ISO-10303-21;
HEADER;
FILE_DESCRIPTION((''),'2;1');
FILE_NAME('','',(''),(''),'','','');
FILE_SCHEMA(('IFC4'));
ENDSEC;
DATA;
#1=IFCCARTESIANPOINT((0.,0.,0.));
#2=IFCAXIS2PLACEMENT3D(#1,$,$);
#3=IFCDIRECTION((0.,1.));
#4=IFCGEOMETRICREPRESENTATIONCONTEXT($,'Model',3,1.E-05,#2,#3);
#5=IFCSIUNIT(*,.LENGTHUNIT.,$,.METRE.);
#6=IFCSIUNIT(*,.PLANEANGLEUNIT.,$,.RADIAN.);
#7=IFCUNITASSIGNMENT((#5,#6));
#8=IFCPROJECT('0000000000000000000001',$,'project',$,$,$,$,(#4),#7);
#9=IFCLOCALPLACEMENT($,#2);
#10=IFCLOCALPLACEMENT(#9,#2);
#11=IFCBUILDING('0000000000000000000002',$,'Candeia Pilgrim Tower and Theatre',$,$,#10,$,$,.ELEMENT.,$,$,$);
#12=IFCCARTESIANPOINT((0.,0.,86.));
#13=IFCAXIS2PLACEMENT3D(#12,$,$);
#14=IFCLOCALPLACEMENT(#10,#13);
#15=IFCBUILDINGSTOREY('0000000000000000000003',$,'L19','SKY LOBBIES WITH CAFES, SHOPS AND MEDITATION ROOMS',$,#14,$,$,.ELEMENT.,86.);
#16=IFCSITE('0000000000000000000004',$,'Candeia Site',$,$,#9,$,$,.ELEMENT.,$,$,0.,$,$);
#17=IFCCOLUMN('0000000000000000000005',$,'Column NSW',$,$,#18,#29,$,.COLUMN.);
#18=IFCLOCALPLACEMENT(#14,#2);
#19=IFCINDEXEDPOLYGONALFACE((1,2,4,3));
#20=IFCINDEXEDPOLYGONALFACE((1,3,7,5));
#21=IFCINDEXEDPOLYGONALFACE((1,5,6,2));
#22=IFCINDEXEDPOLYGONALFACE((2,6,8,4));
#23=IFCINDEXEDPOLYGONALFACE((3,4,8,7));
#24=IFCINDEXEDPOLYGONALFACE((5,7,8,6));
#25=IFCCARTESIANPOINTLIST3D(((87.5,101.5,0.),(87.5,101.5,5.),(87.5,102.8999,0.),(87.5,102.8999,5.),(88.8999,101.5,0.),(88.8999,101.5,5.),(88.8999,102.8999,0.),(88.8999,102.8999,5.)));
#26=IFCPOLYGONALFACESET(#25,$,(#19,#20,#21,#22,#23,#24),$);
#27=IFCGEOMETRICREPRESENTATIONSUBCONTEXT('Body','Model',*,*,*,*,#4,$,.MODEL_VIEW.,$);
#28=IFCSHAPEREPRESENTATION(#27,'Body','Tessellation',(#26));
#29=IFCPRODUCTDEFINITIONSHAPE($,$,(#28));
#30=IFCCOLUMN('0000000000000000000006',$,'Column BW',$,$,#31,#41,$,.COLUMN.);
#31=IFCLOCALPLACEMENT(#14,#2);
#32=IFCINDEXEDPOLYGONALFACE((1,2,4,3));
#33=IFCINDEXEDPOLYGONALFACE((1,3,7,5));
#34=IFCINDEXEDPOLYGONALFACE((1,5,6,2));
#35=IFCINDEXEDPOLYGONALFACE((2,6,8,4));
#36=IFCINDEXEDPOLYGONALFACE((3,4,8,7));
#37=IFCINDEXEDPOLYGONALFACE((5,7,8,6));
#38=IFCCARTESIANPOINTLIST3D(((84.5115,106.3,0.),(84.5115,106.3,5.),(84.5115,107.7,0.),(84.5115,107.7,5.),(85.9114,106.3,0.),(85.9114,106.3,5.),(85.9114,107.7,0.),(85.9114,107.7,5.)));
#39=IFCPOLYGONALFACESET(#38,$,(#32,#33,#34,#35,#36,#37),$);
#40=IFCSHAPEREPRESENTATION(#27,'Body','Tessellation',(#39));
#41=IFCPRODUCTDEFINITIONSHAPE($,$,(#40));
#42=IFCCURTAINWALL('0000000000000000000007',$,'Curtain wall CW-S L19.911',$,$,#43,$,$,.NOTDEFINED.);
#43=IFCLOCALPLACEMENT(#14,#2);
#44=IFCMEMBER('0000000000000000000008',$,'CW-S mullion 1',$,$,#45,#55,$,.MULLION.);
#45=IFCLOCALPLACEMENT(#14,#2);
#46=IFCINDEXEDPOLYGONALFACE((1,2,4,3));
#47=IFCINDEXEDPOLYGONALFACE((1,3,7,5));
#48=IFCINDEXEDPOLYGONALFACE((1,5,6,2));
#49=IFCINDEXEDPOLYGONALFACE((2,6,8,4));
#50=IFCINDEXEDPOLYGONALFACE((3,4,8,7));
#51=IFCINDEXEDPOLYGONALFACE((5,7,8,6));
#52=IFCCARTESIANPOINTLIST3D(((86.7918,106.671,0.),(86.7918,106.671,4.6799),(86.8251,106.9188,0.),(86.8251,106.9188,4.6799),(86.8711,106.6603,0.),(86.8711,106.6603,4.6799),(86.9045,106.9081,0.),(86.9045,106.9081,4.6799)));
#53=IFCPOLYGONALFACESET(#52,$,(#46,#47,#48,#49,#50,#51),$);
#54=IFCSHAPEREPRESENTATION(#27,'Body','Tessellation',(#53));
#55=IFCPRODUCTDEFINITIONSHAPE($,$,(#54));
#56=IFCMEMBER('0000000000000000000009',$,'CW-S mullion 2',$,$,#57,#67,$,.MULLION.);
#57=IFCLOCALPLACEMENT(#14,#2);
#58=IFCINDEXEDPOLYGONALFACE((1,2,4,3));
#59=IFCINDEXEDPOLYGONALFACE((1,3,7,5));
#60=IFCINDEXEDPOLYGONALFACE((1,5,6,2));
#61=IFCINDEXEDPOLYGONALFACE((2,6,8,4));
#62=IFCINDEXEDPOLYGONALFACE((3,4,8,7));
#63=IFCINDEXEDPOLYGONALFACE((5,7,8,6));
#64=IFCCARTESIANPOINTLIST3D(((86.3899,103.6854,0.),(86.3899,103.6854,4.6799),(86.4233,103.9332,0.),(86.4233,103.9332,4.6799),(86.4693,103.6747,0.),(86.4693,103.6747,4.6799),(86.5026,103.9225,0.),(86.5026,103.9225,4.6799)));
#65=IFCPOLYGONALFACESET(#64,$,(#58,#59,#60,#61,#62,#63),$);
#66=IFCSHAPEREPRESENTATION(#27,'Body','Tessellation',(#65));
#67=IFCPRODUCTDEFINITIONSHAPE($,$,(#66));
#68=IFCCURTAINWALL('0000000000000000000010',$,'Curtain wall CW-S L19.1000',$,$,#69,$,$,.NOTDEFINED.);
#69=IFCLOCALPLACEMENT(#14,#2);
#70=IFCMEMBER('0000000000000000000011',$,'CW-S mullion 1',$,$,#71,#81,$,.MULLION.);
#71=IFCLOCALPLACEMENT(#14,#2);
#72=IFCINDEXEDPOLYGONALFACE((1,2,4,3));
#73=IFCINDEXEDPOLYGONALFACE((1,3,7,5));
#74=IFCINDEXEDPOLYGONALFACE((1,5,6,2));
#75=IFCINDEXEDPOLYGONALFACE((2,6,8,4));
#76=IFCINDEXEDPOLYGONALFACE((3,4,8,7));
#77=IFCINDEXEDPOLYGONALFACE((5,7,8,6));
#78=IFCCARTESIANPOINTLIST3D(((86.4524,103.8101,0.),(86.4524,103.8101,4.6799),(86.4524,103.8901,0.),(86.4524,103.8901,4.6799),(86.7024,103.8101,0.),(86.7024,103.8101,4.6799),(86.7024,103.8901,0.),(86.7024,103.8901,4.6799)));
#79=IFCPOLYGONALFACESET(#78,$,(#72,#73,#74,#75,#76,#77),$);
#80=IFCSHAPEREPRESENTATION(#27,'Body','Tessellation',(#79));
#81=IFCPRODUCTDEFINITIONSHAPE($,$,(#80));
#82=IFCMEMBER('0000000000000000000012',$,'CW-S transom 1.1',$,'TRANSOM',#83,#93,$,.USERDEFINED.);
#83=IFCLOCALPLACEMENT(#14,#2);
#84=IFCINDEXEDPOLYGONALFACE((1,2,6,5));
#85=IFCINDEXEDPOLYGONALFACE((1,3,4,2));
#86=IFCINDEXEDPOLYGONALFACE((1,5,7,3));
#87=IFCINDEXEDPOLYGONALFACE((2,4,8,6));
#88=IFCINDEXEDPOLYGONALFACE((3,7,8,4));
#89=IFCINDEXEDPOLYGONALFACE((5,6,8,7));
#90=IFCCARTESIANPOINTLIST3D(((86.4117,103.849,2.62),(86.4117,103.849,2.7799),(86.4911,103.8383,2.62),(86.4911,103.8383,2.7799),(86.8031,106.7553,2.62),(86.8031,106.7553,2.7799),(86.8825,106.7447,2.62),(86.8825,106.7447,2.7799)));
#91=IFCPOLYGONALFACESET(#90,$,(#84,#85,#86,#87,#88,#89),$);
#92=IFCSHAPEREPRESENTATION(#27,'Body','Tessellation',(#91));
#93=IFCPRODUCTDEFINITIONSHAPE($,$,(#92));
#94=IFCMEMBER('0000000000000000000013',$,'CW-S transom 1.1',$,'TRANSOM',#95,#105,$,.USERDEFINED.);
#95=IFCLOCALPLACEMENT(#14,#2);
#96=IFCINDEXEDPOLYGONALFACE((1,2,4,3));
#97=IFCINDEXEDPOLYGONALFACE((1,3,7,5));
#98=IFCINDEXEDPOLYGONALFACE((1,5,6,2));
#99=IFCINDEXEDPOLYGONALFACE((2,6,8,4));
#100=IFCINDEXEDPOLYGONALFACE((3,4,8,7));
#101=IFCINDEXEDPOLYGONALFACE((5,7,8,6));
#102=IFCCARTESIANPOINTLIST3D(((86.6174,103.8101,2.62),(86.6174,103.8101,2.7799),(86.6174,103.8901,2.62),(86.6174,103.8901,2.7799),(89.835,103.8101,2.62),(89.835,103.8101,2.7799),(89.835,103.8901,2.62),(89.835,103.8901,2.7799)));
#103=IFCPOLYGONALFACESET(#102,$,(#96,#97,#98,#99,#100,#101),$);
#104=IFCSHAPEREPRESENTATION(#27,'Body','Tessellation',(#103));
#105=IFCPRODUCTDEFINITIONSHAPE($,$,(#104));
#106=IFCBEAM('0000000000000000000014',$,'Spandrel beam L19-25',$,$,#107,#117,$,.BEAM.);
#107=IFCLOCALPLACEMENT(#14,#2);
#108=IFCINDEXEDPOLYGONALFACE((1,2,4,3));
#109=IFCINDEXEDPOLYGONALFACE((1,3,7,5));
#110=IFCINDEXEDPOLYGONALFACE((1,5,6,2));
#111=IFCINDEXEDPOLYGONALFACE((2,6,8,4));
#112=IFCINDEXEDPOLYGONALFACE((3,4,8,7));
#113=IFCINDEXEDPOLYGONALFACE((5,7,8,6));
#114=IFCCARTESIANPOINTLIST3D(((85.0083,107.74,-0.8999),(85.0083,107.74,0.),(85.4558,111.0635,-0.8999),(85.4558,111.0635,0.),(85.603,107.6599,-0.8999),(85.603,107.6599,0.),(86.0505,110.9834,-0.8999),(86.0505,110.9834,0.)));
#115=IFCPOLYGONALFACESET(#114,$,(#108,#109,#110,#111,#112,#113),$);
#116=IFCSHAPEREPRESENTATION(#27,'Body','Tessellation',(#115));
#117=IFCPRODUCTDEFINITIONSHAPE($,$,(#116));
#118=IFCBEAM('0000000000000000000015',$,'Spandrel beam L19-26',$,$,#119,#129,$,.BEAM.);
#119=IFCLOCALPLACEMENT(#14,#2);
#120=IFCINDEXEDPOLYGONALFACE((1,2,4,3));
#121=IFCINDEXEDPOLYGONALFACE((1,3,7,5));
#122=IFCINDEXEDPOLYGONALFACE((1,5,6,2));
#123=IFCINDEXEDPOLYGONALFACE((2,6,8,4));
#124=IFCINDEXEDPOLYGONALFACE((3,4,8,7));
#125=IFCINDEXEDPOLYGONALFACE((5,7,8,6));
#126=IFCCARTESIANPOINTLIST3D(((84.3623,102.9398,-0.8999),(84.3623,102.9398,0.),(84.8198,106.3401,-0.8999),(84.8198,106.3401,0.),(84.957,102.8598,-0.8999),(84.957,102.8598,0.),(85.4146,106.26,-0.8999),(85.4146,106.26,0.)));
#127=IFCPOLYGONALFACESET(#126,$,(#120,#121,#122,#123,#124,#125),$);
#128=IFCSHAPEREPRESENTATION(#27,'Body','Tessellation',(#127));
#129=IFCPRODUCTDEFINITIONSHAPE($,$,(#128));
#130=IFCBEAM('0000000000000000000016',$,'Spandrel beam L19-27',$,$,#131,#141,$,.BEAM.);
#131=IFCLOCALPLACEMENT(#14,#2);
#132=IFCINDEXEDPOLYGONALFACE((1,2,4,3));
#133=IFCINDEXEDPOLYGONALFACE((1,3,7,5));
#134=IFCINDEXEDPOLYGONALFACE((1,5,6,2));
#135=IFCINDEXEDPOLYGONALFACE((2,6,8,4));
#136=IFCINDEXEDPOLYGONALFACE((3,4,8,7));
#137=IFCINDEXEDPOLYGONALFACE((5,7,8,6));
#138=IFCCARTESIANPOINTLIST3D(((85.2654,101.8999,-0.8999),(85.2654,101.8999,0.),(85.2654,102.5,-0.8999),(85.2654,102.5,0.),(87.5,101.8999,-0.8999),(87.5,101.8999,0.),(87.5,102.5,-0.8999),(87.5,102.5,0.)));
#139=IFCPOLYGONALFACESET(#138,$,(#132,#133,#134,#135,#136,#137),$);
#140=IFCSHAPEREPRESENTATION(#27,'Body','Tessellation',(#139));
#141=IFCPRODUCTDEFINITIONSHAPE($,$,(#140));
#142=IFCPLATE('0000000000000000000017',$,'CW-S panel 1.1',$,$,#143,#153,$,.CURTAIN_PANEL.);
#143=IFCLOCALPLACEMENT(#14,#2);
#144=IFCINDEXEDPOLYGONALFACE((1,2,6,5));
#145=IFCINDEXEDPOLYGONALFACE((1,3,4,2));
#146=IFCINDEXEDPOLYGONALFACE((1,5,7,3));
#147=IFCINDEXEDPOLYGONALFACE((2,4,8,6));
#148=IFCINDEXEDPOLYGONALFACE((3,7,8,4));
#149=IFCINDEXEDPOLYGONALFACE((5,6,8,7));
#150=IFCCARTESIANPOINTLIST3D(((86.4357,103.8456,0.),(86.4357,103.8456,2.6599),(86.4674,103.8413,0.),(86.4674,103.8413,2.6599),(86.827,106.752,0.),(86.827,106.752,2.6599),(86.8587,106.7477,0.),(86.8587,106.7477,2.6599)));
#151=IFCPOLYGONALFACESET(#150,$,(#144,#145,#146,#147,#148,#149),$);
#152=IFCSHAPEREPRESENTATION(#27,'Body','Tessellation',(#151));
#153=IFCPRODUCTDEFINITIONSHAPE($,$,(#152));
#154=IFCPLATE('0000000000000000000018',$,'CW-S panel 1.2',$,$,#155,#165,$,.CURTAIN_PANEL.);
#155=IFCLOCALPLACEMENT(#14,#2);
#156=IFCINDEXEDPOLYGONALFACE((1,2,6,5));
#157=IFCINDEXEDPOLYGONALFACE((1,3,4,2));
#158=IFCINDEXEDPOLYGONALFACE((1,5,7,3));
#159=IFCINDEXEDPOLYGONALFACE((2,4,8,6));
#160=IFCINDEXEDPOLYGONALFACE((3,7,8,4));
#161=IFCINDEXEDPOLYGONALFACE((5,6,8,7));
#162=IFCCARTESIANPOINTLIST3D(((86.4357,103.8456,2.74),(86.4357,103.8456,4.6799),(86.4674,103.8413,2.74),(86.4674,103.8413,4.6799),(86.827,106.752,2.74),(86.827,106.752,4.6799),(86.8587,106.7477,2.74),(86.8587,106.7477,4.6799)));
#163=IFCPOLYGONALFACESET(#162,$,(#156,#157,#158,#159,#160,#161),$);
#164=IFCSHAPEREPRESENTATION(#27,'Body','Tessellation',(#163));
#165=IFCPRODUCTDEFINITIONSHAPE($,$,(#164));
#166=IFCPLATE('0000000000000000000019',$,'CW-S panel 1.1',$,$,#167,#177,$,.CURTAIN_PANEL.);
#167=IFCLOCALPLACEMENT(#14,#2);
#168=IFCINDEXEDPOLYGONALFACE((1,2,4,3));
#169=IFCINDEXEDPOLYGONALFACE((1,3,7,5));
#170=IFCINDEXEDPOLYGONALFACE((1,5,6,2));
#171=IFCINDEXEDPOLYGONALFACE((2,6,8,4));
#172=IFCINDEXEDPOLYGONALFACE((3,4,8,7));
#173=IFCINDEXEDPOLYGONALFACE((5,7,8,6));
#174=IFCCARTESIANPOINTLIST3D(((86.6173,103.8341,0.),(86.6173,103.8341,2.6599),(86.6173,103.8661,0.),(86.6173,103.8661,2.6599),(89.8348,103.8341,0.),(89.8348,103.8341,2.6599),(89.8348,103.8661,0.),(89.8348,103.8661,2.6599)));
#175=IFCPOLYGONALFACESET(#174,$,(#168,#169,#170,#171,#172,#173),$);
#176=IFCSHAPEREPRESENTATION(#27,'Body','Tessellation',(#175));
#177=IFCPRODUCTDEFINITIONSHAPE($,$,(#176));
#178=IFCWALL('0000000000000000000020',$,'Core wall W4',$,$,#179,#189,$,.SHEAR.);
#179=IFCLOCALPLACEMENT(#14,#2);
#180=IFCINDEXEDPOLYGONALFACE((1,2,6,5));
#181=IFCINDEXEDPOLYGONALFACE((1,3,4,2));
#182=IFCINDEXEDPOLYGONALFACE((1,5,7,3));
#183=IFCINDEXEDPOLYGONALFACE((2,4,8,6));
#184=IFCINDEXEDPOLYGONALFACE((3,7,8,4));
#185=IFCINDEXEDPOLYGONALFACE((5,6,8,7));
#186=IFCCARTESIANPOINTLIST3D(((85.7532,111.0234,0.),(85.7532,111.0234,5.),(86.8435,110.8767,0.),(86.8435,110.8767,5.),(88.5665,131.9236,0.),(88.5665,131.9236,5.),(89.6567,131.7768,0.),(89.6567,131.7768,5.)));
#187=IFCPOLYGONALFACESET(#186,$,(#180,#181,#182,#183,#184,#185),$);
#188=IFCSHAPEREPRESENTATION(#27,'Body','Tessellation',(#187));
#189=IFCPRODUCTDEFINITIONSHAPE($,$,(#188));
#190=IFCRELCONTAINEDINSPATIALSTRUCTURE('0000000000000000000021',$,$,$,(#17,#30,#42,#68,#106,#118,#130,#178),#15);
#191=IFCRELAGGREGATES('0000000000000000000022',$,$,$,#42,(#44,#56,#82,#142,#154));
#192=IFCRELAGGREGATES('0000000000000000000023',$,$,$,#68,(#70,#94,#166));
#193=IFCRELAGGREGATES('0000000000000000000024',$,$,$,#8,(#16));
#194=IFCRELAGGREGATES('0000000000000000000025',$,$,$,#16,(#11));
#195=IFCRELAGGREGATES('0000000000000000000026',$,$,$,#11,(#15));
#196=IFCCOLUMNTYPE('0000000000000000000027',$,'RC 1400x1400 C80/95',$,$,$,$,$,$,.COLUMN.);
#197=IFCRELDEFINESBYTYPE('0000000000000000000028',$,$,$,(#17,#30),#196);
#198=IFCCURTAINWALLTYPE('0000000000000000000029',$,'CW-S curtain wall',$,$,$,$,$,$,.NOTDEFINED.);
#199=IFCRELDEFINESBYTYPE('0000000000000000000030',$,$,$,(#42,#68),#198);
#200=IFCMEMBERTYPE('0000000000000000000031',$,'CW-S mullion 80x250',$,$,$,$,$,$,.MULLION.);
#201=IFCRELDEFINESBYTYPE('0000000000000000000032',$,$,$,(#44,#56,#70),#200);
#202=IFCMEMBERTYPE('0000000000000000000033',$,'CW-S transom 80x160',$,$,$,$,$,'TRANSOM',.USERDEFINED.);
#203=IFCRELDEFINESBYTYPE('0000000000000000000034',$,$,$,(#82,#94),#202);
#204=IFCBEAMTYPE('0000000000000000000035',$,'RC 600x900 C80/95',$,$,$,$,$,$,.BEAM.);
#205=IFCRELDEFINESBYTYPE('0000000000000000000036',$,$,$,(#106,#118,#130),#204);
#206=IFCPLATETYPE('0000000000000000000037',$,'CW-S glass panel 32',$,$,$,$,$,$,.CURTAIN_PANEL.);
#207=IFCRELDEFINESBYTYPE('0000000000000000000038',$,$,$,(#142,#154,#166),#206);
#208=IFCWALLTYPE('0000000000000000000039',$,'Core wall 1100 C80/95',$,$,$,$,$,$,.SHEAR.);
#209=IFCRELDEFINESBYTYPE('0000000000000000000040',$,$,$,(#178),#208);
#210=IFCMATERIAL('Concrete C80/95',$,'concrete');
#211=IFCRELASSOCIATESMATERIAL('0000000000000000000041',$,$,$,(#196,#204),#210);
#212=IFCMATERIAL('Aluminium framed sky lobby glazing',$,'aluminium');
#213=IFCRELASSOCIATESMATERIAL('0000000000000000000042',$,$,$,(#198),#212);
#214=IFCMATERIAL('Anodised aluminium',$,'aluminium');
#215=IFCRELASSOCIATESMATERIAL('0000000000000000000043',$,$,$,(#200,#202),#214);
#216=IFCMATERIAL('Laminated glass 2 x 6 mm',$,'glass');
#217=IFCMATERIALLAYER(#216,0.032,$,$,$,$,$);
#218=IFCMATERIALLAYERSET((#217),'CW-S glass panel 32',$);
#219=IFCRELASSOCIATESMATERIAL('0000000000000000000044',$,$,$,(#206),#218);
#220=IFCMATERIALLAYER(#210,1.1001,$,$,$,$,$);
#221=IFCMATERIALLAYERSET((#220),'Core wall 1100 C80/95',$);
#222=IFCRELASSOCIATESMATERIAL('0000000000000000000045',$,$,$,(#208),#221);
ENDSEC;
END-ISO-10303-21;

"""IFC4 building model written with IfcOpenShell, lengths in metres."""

from ifc_helpers import new_model, si_unit, direction, frame, frame_2d, origin, origin_2d, place, context, subcontext, project, spatial, rectangle, extrude, material, layer, layer_set, material_profile, profile_set, type_object, element, aggregate, save


model = new_model("IFC4")

# Units and contexts
model_context = context("Model", 3, precision=1e-05, world=origin(), true_north=direction((0.0, 1.0)))
body_context = subcontext(model_context, "Body", "Model", "MODEL_VIEW")
ifc_project = project(units=[si_unit("LENGTHUNIT", "METRE"), si_unit("PLANEANGLEUNIT", "RADIAN")], contexts=[model_context])

# Site, building, storey
site_placement = place(None, origin())
site = spatial("IfcSite", under=ifc_project, at=site_placement, Name="Candeia Site", CompositionType="ELEMENT", RefElevation=0.0)
building_placement = place(site_placement, origin())
building = spatial("IfcBuilding", under=site, at=building_placement, Name="Candeia Pilgrim Tower and Theatre", CompositionType="ELEMENT")
storey_placement = place(building_placement, frame((0.0, 0.0, 86.0)))
storey = spatial("IfcBuildingStorey", under=building, at=storey_placement, Name="L19", Description="SKY LOBBIES WITH CAFES, SHOPS AND MEDITATION ROOMS", CompositionType="ELEMENT", Elevation=86.0)

# Columns
ifc_material_1 = material(Name="Concrete C80/95", Category="concrete")
ifc_material_profile_1 = material_profile(ifc_material_1, rectangle(XDim=1.3999, YDim=1.3999, at=origin_2d()))
ifc_profile_set_1 = profile_set([ifc_material_profile_1], Name="Concrete C80/95")
column_type = type_object("IfcColumnType", Name="RC 1400x1400 C80/95", PredefinedType="COLUMN", material=ifc_profile_set_1)
for number, where, z_axis, x_axis, name in (
    (1, (88.2, 102.2, 0.0), (0.0, 0.0, 1.0), (1.0, 0.0, 0.0), "Column NSW"),
    (2, (85.2114, 107.0, 0.0), (0.0, 0.0, 1.0), (1.0, 0.0, 0.0), "Column BW"),
):
    element("IfcColumn", number, at=place(storey_placement, frame(where, z_axis=z_axis, x_axis=x_axis)), inside=storey, type_object=column_type, Name=name, PredefinedType="COLUMN", context=body_context, shape_type="SweptSolid", body=[
        extrude(rectangle(XDim=1.3999, YDim=1.3999, at=origin_2d()), origin(), (0.0, 0.0, 1.0), 5.0),
    ])

# Curtain wall, members
ifc_material_2 = material(Name="Aluminium framed sky lobby glazing", Category="aluminium")
curtain_wall_type = type_object("IfcCurtainWallType", Name="CW-S curtain wall", PredefinedType="NOTDEFINED", material=ifc_material_2)
curtain_wall_1_placement = place(storey_placement, origin())
curtain_wall_1 = element("IfcCurtainWall", 3, at=curtain_wall_1_placement, inside=storey, type_object=curtain_wall_type, Name="Curtain wall CW-S L19.911", PredefinedType="NOTDEFINED")
ifc_material_3 = material(Name="Anodised aluminium", Category="aluminium")
ifc_material_profile_2 = material_profile(ifc_material_3, rectangle(XDim=0.0801, YDim=0.25, at=origin_2d()))
ifc_profile_set_2 = profile_set([ifc_material_profile_2], Name="Anodised aluminium")
member_type_1 = type_object("IfcMemberType", Name="CW-S mullion 80x250", PredefinedType="MULLION", material=ifc_profile_set_2)
member_1_placement = place(storey_placement, frame((86.8481, 106.7896, 0.0), z_axis=(0.0, 0.0, 1.0), x_axis=(0.991061, -0.133412, 0.0)))
member_1 = element("IfcMember", 4, at=member_1_placement, type_object=member_type_1, Name="CW-S mullion 1", PredefinedType="MULLION", context=body_context, shape_type="SweptSolid", body=[
    extrude(rectangle(XDim=0.0801, YDim=0.25, at=origin_2d()), origin(), (0.0, 0.0, 1.0), 4.6799),
])
member_2_placement = place(storey_placement, frame((86.4463, 103.804, 0.0), z_axis=(0.0, 0.0, 1.0), x_axis=(0.991061, -0.133412, 0.0)))
member_2 = element("IfcMember", 5, at=member_2_placement, type_object=member_type_1, Name="CW-S mullion 2", PredefinedType="MULLION", context=body_context, shape_type="SweptSolid", body=[
    extrude(rectangle(XDim=0.0801, YDim=0.25, at=origin_2d()), origin(), (0.0, 0.0, 1.0), 4.6799),
])

# Curtain wall, member
curtain_wall_2_placement = place(storey_placement, origin())
curtain_wall_2 = element("IfcCurtainWall", 6, at=curtain_wall_2_placement, inside=storey, type_object=curtain_wall_type, Name="Curtain wall CW-S L19.1000", PredefinedType="NOTDEFINED")
member_3_placement = place(storey_placement, frame((86.5774, 103.8501, 0.0), z_axis=(0.0, 0.0, 1.0), x_axis=(0.0, 1.0, 0.0)))
member_3 = element("IfcMember", 7, at=member_3_placement, type_object=member_type_1, Name="CW-S mullion 1", PredefinedType="MULLION", context=body_context, shape_type="SweptSolid", body=[
    extrude(rectangle(XDim=0.0801, YDim=0.25, at=origin_2d()), origin(), (0.0, 0.0, 1.0), 4.6799),
])

# Members
ifc_material_profile_3 = material_profile(ifc_material_3, rectangle(XDim=0.0801, YDim=0.1599, at=origin_2d()))
ifc_profile_set_3 = profile_set([ifc_material_profile_3], Name="Anodised aluminium")
member_type_2 = type_object("IfcMemberType", Name="CW-S transom 80x160", ElementType="TRANSOM", PredefinedType="USERDEFINED", material=ifc_profile_set_3)
member_4_placement = place(storey_placement, frame((86.8428, 106.75, 2.7), z_axis=(-0.133445, -0.991056, 0.0), x_axis=(0.991056, -0.133445, 0.0)))
member_4 = element("IfcMember", 8, at=member_4_placement, type_object=member_type_2, Name="CW-S transom 1.1", ObjectType="TRANSOM", PredefinedType="USERDEFINED", context=body_context, shape_type="SweptSolid", body=[
    extrude(rectangle(XDim=0.0801, YDim=0.1599, at=origin_2d()), origin(), (0.0, 0.0, 1.0), 2.9326),
])
member_5_placement = place(storey_placement, frame((86.6174, 103.8501, 2.7), z_axis=(1.0, 0.0, 0.0), x_axis=(0.0, 1.0, 0.0)))
member_5 = element("IfcMember", 9, at=member_5_placement, type_object=member_type_2, Name="CW-S transom 1.1", ObjectType="TRANSOM", PredefinedType="USERDEFINED", context=body_context, shape_type="SweptSolid", body=[
    extrude(rectangle(XDim=0.0801, YDim=0.1599, at=origin_2d()), origin(), (0.0, 0.0, 1.0), 3.2175),
])

# Beams
ifc_material_profile_4 = material_profile(ifc_material_1, rectangle(XDim=0.6001, YDim=0.8999, at=origin_2d()))
ifc_profile_set_4 = profile_set([ifc_material_profile_4], Name="Concrete C80/95")
beam_type = type_object("IfcBeamType", Name="RC 600x900 C80/95", PredefinedType="BEAM", material=ifc_profile_set_4)
beam_1_placement = place(storey_placement, frame((85.7532, 111.0234, -0.45), z_axis=(-0.133446, -0.991056, 0.0), x_axis=(0.991056, -0.133446, 0.0)))
element("IfcBeam", 10, at=beam_1_placement, inside=storey, type_object=beam_type, Name="Spandrel beam L19-25", PredefinedType="BEAM", context=body_context, shape_type="SweptSolid", body=[
    extrude(rectangle(XDim=0.6001, YDim=0.8999, at=origin_2d()), origin(), (0.0, 0.0, 1.0), 3.3535),
])
beam_2_placement = place(storey_placement, frame((85.1172, 106.3, -0.45), z_axis=(-0.133357, -0.991068, 0.0), x_axis=(0.991068, -0.133357, 0.0)))
element("IfcBeam", 11, at=beam_2_placement, inside=storey, type_object=beam_type, Name="Spandrel beam L19-26", PredefinedType="BEAM", context=body_context, shape_type="SweptSolid", body=[
    extrude(rectangle(XDim=0.6001, YDim=0.8999, at=origin_2d()), origin(), (0.0, 0.0, 1.0), 3.4309),
])
beam_3_placement = place(storey_placement, frame((85.2654, 102.2, -0.45), z_axis=(1.0, 0.0, 0.0), x_axis=(0.0, 1.0, 0.0)))
element("IfcBeam", 12, at=beam_3_placement, inside=storey, type_object=beam_type, Name="Spandrel beam L19-27", PredefinedType="BEAM", context=body_context, shape_type="SweptSolid", body=[
    extrude(rectangle(XDim=0.6001, YDim=0.8999, at=origin_2d()), origin(), (0.0, 0.0, 1.0), 2.2346),
])

# Plates
ifc_material_4 = material(Name="Laminated glass 2 x 6 mm", Category="glass")
ifc_layer_1 = layer(ifc_material_4, 0.032)
ifc_layer_set_1 = layer_set([ifc_layer_1], Name="CW-S glass panel 32")
plate_type = type_object("IfcPlateType", Name="CW-S glass panel 32", PredefinedType="CURTAIN_PANEL", material=ifc_layer_set_1)
plate_1_placement = place(storey_placement, frame((86.6472, 105.2966, 0.0), z_axis=(0.0, 0.0, 1.0), x_axis=(-0.133412, -0.991061, 0.0)))
plate_1 = element("IfcPlate", 13, at=plate_1_placement, type_object=plate_type, Name="CW-S panel 1.1", PredefinedType="CURTAIN_PANEL", context=body_context, shape_type="SweptSolid", body=[
    extrude(rectangle(XDim=2.9326, YDim=0.032, at=origin_2d()), origin(), (0.0, 0.0, 1.0), 2.6599),
])
plate_2_placement = place(storey_placement, frame((86.6472, 105.2966, 2.74), z_axis=(0.0, 0.0, 1.0), x_axis=(-0.133412, -0.991061, 0.0)))
plate_2 = element("IfcPlate", 14, at=plate_2_placement, type_object=plate_type, Name="CW-S panel 1.2", PredefinedType="CURTAIN_PANEL", context=body_context, shape_type="SweptSolid", body=[
    extrude(rectangle(XDim=2.9326, YDim=0.032, at=origin_2d()), origin(), (0.0, 0.0, 1.0), 1.9399),
])
aggregate(curtain_wall_1, [member_1, member_2, member_4, plate_1, plate_2])
plate_3_placement = place(storey_placement, frame((88.2261, 103.8501, 0.0), z_axis=(0.0, 0.0, 1.0), x_axis=(1.0, 0.0, 0.0)))
plate_3 = element("IfcPlate", 15, at=plate_3_placement, type_object=plate_type, Name="CW-S panel 1.1", PredefinedType="CURTAIN_PANEL", context=body_context, shape_type="SweptSolid", body=[
    extrude(rectangle(XDim=3.2175, YDim=0.032, at=origin_2d()), origin(), (0.0, 0.0, 1.0), 2.6599),
])
aggregate(curtain_wall_2, [member_3, member_5, plate_3])

# Wall
ifc_layer_2 = layer(ifc_material_1, 1.1001)
ifc_layer_set_2 = layer_set([ifc_layer_2], Name="Core wall 1100 C80/95")
wall_type_1 = type_object("IfcWallType", Name="Core wall 1100 C80/95", PredefinedType="SHEAR", material=ifc_layer_set_2)
wall_1_placement = place(storey_placement, frame((86.2983, 110.95, 0.0), z_axis=(0.0, 0.0, 1.0), x_axis=(0.1334, 0.991062, 0.0)))
element("IfcWall", 16, at=wall_1_placement, inside=storey, type_object=wall_type_1, Name="Core wall W4", PredefinedType="SHEAR", context=body_context, shape_type="SweptSolid", body=[
    extrude(rectangle(XDim=21.0886, YDim=1.1001, at=frame_2d((10.5444, 0.0))), origin(), (0.0, 0.0, 1.0), 5.0),
])

save(model, "model.ifc")
